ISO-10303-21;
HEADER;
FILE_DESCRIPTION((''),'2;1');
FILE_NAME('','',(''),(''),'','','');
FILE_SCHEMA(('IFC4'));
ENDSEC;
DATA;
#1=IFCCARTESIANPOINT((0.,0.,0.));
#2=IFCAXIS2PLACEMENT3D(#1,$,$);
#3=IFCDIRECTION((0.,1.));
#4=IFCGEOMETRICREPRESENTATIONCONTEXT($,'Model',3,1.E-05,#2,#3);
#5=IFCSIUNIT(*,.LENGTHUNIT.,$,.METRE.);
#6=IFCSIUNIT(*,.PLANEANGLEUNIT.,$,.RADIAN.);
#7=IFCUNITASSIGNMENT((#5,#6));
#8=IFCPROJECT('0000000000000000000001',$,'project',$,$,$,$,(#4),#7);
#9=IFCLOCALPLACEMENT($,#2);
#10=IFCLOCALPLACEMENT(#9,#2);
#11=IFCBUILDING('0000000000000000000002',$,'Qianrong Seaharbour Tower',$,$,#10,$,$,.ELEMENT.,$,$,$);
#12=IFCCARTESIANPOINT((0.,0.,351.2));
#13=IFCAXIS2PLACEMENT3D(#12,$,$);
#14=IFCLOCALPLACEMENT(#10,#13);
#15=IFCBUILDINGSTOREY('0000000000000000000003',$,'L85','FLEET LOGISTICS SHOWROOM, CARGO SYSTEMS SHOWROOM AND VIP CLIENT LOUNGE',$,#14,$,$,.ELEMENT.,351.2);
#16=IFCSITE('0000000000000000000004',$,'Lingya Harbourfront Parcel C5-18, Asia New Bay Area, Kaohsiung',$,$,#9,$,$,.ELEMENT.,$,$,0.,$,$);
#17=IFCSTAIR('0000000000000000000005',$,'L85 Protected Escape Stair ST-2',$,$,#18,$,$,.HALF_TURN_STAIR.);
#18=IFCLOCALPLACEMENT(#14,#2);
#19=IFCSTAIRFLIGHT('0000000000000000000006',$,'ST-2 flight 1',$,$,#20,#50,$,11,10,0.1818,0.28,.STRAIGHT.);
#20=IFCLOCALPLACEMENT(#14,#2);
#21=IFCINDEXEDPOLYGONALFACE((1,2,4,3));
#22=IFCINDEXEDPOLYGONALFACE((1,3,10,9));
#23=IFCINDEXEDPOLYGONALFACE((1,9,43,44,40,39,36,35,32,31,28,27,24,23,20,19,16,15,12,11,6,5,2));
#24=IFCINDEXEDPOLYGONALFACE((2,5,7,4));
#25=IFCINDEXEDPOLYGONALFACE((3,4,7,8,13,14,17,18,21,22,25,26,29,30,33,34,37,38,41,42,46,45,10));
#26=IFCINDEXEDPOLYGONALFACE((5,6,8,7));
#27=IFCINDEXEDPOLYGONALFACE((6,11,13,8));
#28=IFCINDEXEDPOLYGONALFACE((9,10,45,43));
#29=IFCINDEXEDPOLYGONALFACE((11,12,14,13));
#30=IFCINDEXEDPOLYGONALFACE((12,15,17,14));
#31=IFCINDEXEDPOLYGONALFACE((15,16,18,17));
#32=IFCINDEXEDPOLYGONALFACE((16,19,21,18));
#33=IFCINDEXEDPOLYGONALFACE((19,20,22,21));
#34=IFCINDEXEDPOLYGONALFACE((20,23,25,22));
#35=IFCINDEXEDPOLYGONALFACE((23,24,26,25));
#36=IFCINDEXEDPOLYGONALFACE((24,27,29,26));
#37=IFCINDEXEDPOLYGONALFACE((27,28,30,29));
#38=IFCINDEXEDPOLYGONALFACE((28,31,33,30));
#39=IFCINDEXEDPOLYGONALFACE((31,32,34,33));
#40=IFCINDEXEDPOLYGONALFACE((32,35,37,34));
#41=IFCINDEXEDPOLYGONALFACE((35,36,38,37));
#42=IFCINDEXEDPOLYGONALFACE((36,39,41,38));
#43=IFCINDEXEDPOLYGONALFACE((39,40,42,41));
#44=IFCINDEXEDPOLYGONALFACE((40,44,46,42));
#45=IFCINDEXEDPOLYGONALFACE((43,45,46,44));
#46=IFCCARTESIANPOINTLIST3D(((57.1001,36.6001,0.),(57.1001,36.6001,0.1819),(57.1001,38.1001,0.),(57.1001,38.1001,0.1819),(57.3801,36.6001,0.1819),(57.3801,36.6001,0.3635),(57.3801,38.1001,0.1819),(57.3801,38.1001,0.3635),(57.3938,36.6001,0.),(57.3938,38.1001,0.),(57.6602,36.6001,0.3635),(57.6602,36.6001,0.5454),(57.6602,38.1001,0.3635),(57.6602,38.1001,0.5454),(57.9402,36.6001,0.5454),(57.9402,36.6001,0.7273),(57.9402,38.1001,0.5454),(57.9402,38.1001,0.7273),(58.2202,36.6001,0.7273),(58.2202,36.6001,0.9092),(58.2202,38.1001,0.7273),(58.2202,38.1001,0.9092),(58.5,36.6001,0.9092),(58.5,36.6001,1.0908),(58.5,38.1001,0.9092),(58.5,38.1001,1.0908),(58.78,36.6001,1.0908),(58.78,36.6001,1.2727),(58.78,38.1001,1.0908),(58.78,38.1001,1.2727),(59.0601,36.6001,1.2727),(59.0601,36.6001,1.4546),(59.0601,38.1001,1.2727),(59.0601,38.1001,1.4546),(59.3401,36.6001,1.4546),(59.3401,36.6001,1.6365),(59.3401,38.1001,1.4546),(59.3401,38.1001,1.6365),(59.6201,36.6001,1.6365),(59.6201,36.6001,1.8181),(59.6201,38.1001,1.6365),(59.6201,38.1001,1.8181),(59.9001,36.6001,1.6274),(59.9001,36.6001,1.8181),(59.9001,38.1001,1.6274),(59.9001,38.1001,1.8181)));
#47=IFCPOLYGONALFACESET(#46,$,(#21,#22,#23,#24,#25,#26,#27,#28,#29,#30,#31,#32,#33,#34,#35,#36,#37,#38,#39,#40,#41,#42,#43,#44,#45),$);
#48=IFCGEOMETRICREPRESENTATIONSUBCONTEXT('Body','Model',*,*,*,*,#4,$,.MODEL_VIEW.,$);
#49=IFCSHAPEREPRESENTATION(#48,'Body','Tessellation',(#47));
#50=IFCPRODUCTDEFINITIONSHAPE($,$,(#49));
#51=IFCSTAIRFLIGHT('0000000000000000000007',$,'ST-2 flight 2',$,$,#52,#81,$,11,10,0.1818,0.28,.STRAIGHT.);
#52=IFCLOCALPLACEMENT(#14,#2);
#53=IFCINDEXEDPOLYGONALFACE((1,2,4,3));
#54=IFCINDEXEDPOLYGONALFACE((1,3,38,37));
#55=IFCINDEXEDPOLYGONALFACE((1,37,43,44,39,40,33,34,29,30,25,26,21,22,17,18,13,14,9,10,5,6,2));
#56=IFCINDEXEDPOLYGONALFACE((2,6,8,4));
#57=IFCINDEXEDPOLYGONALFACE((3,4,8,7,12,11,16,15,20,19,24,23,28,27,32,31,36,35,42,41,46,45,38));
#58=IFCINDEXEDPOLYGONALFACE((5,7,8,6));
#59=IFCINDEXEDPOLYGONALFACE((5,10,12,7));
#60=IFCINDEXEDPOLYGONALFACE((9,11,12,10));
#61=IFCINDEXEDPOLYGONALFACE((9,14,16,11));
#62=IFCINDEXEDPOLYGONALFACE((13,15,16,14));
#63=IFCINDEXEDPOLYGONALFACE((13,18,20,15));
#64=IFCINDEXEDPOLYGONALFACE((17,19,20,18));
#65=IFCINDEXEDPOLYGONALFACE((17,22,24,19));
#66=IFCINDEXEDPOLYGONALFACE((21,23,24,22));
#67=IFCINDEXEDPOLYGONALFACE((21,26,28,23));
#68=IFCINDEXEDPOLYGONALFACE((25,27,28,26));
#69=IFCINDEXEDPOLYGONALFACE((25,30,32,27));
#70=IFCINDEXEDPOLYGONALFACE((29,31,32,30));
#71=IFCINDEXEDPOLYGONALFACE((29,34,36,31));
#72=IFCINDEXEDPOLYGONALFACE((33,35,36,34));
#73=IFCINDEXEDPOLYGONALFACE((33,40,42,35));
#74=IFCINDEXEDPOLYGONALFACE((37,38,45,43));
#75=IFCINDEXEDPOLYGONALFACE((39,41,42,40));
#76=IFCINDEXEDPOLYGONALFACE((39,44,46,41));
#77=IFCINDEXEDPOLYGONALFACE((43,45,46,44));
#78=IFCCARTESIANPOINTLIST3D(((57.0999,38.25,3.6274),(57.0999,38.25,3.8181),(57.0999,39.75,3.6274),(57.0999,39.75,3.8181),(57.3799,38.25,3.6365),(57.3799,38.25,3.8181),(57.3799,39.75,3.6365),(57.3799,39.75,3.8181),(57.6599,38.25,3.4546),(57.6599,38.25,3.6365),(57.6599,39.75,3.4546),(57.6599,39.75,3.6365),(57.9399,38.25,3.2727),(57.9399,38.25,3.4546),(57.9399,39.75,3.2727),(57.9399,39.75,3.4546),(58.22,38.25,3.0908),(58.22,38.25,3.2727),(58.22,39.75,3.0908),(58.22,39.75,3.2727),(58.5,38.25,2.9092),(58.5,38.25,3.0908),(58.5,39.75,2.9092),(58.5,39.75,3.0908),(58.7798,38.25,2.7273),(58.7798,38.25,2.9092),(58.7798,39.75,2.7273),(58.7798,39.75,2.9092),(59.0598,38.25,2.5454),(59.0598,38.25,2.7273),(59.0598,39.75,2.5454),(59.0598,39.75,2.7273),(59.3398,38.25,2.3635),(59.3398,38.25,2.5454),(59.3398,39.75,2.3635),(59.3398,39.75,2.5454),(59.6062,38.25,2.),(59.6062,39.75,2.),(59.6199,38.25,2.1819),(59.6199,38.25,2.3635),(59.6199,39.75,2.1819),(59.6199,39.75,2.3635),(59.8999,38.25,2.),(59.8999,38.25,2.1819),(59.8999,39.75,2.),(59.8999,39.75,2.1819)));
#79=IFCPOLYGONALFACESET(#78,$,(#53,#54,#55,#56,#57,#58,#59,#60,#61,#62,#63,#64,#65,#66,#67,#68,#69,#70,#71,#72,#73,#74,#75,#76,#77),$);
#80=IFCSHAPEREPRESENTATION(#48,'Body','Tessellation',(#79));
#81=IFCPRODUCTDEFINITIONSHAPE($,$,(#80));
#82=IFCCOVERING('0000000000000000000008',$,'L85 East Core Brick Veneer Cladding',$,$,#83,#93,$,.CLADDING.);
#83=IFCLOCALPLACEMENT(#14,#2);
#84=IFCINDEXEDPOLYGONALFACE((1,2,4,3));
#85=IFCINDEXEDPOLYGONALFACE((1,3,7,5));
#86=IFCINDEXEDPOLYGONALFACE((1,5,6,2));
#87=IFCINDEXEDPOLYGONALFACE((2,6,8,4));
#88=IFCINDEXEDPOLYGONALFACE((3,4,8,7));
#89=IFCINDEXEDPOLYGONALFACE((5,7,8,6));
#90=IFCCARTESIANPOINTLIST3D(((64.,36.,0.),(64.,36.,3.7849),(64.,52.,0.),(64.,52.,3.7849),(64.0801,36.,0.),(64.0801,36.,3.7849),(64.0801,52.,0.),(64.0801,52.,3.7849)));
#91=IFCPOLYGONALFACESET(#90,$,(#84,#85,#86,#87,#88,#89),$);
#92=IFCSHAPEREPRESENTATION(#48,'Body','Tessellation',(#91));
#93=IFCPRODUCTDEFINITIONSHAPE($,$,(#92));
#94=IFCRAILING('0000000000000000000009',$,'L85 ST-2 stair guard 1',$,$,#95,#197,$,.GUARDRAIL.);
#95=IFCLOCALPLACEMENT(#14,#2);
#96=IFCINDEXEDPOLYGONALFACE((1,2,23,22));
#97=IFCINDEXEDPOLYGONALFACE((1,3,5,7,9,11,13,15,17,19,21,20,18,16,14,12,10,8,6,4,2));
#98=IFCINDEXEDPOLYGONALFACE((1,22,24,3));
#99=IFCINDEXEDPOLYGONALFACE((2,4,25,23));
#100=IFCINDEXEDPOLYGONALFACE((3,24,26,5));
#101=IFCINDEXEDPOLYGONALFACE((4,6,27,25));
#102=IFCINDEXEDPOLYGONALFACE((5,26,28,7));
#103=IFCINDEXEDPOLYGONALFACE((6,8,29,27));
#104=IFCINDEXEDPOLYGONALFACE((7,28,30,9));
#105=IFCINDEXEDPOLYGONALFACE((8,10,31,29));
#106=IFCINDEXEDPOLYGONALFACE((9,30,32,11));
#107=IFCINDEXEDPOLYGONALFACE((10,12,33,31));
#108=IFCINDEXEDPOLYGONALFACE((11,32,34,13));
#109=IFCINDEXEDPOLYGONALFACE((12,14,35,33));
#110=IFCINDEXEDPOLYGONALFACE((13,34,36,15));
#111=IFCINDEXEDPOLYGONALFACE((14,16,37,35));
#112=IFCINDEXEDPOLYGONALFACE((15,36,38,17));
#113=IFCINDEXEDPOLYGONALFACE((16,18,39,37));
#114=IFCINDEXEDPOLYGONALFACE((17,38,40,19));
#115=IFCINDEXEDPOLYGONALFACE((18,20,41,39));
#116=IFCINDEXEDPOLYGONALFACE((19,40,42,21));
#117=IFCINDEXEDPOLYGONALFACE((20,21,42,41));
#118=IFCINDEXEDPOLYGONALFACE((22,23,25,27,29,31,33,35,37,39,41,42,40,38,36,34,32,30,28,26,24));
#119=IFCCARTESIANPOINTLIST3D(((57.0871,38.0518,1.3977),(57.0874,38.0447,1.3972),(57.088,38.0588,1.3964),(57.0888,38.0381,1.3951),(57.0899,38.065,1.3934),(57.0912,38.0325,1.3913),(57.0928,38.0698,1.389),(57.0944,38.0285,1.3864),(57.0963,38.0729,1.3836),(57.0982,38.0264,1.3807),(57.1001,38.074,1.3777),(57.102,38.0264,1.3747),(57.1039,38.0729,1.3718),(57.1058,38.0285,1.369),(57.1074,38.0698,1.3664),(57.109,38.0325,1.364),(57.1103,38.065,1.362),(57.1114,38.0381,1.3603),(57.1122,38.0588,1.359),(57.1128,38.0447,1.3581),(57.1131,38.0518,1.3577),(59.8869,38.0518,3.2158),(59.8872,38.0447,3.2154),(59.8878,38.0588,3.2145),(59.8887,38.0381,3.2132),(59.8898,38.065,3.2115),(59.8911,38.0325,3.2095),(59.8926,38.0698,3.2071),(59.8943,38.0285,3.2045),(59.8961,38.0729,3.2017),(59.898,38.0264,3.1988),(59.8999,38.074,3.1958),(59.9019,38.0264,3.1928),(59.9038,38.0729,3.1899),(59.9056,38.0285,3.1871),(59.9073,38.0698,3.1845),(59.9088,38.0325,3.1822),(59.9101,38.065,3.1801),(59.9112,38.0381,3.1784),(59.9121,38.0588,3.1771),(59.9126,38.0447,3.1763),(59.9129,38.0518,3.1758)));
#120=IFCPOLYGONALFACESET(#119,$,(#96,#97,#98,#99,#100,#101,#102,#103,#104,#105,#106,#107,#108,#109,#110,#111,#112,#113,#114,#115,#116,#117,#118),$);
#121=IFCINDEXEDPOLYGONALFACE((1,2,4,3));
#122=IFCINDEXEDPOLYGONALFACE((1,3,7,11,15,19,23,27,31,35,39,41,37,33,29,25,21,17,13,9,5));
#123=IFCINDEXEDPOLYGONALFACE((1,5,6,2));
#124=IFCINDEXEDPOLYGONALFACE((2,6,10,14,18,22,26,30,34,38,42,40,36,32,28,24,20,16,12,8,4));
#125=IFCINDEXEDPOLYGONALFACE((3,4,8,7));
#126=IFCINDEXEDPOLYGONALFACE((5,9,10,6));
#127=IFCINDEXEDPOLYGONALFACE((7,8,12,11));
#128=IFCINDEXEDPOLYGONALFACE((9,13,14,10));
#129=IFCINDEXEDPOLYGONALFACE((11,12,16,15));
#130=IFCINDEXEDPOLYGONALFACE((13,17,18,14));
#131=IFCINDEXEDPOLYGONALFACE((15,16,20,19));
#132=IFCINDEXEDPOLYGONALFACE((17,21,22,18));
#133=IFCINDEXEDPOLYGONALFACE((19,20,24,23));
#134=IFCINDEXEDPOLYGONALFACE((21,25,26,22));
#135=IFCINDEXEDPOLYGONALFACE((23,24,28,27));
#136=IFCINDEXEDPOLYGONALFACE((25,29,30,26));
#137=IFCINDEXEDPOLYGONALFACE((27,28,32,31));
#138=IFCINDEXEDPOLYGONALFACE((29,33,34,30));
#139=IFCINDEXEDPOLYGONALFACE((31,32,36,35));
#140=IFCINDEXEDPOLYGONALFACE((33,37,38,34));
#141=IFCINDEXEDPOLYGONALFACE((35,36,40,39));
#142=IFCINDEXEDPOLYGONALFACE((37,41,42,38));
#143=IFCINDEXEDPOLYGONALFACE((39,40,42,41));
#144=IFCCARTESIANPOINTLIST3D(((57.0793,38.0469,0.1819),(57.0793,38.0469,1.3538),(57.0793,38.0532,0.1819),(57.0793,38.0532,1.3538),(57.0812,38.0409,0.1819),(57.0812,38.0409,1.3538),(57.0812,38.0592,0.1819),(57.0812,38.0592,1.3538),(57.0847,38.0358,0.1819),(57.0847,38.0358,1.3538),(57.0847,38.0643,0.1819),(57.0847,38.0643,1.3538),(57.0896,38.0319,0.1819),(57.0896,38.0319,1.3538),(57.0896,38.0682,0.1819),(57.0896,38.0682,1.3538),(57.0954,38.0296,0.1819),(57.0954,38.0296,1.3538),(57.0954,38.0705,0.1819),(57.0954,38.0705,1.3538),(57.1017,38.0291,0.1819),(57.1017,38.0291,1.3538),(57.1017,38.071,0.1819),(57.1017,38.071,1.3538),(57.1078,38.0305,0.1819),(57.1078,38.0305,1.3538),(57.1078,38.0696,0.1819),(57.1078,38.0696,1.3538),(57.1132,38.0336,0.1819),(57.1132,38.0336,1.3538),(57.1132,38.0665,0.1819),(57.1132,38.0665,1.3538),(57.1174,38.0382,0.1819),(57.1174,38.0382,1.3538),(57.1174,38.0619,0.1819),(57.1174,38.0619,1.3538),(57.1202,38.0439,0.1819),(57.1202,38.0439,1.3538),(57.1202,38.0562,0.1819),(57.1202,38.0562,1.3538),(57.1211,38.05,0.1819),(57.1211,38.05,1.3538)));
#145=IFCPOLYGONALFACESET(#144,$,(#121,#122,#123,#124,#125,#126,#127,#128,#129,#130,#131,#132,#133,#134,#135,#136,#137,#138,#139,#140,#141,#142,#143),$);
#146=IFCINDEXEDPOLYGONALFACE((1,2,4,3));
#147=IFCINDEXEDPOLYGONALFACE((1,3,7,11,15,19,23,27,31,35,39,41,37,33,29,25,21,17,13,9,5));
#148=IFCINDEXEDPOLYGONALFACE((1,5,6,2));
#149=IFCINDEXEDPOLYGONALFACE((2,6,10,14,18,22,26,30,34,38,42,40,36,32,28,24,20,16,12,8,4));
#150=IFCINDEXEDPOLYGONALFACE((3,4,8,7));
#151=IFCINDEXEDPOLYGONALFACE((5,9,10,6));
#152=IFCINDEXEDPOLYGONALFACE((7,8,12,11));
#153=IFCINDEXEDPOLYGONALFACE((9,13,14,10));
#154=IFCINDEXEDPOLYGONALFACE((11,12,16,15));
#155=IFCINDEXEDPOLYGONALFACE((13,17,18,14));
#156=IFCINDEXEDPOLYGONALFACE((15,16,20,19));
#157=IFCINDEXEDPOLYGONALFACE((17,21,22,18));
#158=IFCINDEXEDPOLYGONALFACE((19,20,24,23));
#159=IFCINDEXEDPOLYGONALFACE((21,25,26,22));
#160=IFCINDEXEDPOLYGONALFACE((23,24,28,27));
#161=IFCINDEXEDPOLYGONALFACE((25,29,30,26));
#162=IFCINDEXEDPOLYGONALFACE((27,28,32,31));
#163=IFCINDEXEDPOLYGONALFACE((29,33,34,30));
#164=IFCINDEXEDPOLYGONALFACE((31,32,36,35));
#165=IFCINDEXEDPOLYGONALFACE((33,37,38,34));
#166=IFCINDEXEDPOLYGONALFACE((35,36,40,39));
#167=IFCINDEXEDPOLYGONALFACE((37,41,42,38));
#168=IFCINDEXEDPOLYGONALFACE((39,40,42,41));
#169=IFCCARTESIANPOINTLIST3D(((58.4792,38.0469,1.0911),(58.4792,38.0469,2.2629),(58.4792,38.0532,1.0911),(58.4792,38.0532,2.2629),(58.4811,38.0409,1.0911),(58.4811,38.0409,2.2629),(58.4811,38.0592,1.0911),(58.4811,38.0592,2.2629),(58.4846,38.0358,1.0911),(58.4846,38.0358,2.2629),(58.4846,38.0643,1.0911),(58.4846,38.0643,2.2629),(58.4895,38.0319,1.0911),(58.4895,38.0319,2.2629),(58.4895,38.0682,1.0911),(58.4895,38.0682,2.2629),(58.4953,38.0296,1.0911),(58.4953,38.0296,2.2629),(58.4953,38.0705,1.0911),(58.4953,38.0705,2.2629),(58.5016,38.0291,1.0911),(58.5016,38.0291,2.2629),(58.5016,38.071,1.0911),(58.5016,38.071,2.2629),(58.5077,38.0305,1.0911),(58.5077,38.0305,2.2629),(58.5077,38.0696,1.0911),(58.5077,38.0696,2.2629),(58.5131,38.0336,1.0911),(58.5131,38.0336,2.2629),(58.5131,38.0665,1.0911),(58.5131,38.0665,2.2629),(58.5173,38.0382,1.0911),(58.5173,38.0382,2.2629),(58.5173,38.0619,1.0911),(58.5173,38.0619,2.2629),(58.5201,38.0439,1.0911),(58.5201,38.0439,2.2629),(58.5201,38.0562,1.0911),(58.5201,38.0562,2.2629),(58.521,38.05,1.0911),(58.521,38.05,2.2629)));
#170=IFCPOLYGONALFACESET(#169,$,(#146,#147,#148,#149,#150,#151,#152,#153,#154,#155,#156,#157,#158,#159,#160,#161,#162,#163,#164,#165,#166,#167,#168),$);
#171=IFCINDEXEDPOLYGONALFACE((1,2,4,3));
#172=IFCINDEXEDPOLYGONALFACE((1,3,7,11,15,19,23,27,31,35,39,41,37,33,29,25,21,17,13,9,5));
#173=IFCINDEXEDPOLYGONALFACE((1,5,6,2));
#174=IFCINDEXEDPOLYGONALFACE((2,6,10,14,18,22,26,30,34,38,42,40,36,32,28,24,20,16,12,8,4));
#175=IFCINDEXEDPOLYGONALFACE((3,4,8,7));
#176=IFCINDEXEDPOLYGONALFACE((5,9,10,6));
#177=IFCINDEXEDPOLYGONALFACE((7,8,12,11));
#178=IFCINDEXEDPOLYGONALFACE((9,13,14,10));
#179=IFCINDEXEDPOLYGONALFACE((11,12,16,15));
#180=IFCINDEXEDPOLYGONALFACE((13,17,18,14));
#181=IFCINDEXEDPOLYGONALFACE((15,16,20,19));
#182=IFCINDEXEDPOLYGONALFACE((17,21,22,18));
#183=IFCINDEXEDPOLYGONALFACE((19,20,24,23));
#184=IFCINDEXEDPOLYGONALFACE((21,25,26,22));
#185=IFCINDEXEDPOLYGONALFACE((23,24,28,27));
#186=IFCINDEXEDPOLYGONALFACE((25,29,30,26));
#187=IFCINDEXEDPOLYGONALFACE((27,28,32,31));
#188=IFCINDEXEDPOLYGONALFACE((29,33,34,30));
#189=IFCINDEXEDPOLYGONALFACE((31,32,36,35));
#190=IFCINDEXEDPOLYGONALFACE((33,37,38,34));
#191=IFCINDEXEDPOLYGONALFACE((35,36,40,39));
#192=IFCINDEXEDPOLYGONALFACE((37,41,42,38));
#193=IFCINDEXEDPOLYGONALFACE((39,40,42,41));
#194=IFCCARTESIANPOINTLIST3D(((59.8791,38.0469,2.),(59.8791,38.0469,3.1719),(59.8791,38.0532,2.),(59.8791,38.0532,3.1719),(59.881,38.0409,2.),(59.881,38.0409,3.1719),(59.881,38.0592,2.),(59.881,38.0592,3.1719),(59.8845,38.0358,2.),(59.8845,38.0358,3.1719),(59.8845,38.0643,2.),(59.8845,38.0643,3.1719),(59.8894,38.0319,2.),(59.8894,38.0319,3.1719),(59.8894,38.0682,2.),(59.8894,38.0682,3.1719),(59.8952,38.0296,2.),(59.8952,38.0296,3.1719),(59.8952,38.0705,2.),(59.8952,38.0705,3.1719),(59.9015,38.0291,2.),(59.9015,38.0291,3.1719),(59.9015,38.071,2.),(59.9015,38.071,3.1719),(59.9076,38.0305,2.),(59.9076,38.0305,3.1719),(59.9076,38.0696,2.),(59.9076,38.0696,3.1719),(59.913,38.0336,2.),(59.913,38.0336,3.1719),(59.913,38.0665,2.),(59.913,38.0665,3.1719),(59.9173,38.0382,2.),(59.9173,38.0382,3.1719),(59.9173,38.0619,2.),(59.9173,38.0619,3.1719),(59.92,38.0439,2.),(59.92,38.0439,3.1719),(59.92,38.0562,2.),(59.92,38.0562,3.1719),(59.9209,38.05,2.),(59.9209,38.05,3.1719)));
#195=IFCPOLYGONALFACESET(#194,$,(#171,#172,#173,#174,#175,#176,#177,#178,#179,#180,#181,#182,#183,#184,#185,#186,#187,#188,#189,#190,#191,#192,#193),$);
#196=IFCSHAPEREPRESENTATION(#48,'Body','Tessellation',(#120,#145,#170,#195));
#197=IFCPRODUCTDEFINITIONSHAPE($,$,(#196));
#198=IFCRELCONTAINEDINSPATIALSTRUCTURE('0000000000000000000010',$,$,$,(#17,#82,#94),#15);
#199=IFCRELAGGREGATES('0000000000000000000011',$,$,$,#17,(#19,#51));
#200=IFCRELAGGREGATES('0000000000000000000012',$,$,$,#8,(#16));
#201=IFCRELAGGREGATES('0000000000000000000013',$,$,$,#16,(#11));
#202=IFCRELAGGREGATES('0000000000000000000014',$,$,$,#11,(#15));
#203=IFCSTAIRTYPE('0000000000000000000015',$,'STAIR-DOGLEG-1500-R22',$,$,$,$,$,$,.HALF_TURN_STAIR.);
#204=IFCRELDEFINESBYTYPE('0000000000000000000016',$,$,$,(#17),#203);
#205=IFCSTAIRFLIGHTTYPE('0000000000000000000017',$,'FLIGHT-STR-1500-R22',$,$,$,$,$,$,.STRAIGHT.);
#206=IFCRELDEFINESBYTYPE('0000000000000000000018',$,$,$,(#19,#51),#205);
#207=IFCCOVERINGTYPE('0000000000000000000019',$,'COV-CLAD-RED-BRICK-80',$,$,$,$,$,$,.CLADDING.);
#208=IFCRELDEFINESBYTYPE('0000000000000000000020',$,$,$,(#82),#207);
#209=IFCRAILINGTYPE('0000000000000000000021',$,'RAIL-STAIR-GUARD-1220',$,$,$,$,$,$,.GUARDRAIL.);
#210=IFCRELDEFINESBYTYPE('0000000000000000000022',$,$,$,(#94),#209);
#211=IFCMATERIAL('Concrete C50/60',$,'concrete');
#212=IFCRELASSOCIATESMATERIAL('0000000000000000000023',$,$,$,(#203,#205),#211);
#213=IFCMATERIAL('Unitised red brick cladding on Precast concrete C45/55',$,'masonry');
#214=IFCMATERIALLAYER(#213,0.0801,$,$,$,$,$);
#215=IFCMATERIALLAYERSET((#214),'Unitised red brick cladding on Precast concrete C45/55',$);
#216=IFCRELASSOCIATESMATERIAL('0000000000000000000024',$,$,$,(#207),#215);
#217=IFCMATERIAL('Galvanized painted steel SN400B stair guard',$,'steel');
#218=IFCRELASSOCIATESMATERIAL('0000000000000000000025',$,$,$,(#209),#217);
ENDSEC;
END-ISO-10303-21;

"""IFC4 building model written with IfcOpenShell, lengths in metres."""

from ifc_helpers import new_model, si_unit, direction, frame, origin, origin_2d, place, context, subcontext, project, spatial, polyline, rectangle, circle, outline, extrude, material, layer, layer_set, type_object, element, aggregate, save


model = new_model("IFC4")

# Units and contexts
model_context = context("Model", 3, precision=1e-05, world=origin(), true_north=direction((0.0, 1.0)))
body_context = subcontext(model_context, "Body", "Model", "MODEL_VIEW")
ifc_project = project(units=[si_unit("LENGTHUNIT", "METRE"), si_unit("PLANEANGLEUNIT", "RADIAN")], contexts=[model_context])

# Site, building, storey
site_placement = place(None, origin())
site = spatial("IfcSite", under=ifc_project, at=site_placement, Name="Lingya Harbourfront Parcel C5-18, Asia New Bay Area, Kaohsiung", CompositionType="ELEMENT", RefElevation=0.0)
building_placement = place(site_placement, origin())
building = spatial("IfcBuilding", under=site, at=building_placement, Name="Qianrong Seaharbour Tower", CompositionType="ELEMENT")
storey_placement = place(building_placement, frame((0.0, 0.0, 351.2)))
storey = spatial("IfcBuildingStorey", under=building, at=storey_placement, Name="L85", Description="FLEET LOGISTICS SHOWROOM, CARGO SYSTEMS SHOWROOM AND VIP CLIENT LOUNGE", CompositionType="ELEMENT", Elevation=351.2)

# Shared definitions
ifc_material_1 = material(Name="Concrete C50/60", Category="concrete")

# Stair, stair flights
stair_type = type_object("IfcStairType", Name="STAIR-DOGLEG-1500-R22", PredefinedType="HALF_TURN_STAIR", material=ifc_material_1)
stair_placement = place(storey_placement, origin())
stair = element("IfcStair", 1, at=stair_placement, inside=storey, type_object=stair_type, Name="L85 Protected Escape Stair ST-2", PredefinedType="HALF_TURN_STAIR")
stair_flight_type = type_object("IfcStairFlightType", Name="FLIGHT-STR-1500-R22", PredefinedType="STRAIGHT", material=ifc_material_1)
stair_flight_1_placement = place(storey_placement, frame((57.1001, 37.3501, 0.0), z_axis=(0.0, 0.0, 1.0), x_axis=(1.0, 0.0, 0.0)))
stair_flight_1 = element("IfcStairFlight", 2, at=stair_flight_1_placement, type_object=stair_flight_type, Name="ST-2 flight 1", NumberOfRisers=11, NumberOfTreads=10, PredefinedType="STRAIGHT", RiserHeight=0.1818, TreadLength=0.28, context=body_context, shape_type="SweptSolid", body=[
    extrude(outline(polyline([(0.0, 0.0), (0.0, 0.1819), (0.28, 0.1819), (0.28, 0.3635), (0.5601, 0.3635), (0.5601, 0.5454), (0.8401, 0.5454), (0.8401, 0.7273), (1.1201, 0.7273), (1.1201, 0.9092), (1.3999, 0.9092), (1.3999, 1.0908), (1.6799, 1.0908), (1.6799, 1.2727), (1.96, 1.2727), (1.96, 1.4546), (2.24, 1.4546), (2.24, 1.6365), (2.52, 1.6365), (2.52, 1.8181), (2.8, 1.8181), (2.8, 2.0), (2.8, 1.6274), (0.2937, 0.0), (0.0, 0.0)])), frame((0.0, 0.75, 0.0), z_axis=(0.0, -1.0, 0.0), x_axis=(1.0, 0.0, 0.0)), (0.0, 0.0, 1.0), 1.5),
])
stair_flight_2_placement = place(storey_placement, frame((59.8999, 39.0, 2.0), z_axis=(0.0, 0.0, 1.0), x_axis=(-1.0, 0.0, 0.0)))
stair_flight_2 = element("IfcStairFlight", 3, at=stair_flight_2_placement, type_object=stair_flight_type, Name="ST-2 flight 2", NumberOfRisers=11, NumberOfTreads=10, PredefinedType="STRAIGHT", RiserHeight=0.1818, TreadLength=0.28, context=body_context, shape_type="SweptSolid", body=[
    extrude(outline(polyline([(0.0, 0.0), (0.0, 0.1819), (0.28, 0.1819), (0.28, 0.3635), (0.5601, 0.3635), (0.5601, 0.5454), (0.8401, 0.5454), (0.8401, 0.7273), (1.1201, 0.7273), (1.1201, 0.9092), (1.3999, 0.9092), (1.3999, 1.0908), (1.6799, 1.0908), (1.6799, 1.2727), (1.96, 1.2727), (1.96, 1.4546), (2.24, 1.4546), (2.24, 1.6365), (2.52, 1.6365), (2.52, 1.8181), (2.8, 1.8181), (2.8, 2.0), (2.8, 1.6274), (0.2937, 0.0), (0.0, 0.0)])), frame((0.0, 0.75, 0.0), z_axis=(0.0, -1.0, 0.0), x_axis=(1.0, 0.0, 0.0)), (0.0, 0.0, 1.0), 1.5),
])
aggregate(stair, [stair_flight_1, stair_flight_2])

# Covering
ifc_material_2 = material(Name="Unitised red brick cladding on Precast concrete C45/55", Category="masonry")
ifc_layer_1 = layer(ifc_material_2, 0.0801)
ifc_layer_set_1 = layer_set([ifc_layer_1], Name="Unitised red brick cladding on Precast concrete C45/55")
covering_type = type_object("IfcCoveringType", Name="COV-CLAD-RED-BRICK-80", PredefinedType="CLADDING", material=ifc_layer_set_1)
covering_placement = place(storey_placement, frame((64.04, 44.0, 0.0), z_axis=(0.0, 0.0, 1.0), x_axis=(1.0, 0.0, 0.0)))
element("IfcCovering", 4, at=covering_placement, inside=storey, type_object=covering_type, Name="L85 East Core Brick Veneer Cladding", PredefinedType="CLADDING", context=body_context, shape_type="SweptSolid", body=[
    extrude(rectangle(XDim=0.0801, YDim=16.0, at=origin_2d()), origin(), (0.0, 0.0, 1.0), 3.7849),
])

# Railing
ifc_material_3 = material(Name="Galvanized painted steel SN400B stair guard", Category="steel")
railing_type_1 = type_object("IfcRailingType", Name="RAIL-STAIR-GUARD-1220", PredefinedType="GUARDRAIL", material=ifc_material_3)
railing_1_placement = place(storey_placement, frame((57.1001, 38.05, 0.1819)))
element("IfcRailing", 5, at=railing_1_placement, inside=storey, type_object=railing_type_1, Name="L85 ST-2 stair guard 1", PredefinedType="GUARDRAIL", context=body_context, shape_type="SweptSolid", body=[
    extrude(circle(Radius=0.0239, at=origin_2d()), frame((0.0, 0.0, 1.1958), z_axis=(0.838684, 0.0, 0.544618), x_axis=(0.0, 1.0, 0.0)), (0.0, 0.0, 1.0), 3.3384),
    extrude(circle(Radius=0.021, at=origin_2d()), origin(), (0.0, 0.0, 1.0), 1.1719),
    extrude(circle(Radius=0.021, at=origin_2d()), frame((1.3999, 0.0, 0.9092)), (0.0, 0.0, 1.0), 1.1719),
    extrude(circle(Radius=0.021, at=origin_2d()), frame((2.7998, 0.0, 1.8181)), (0.0, 0.0, 1.0), 1.1719),
])

save(model, "model.ifc")
